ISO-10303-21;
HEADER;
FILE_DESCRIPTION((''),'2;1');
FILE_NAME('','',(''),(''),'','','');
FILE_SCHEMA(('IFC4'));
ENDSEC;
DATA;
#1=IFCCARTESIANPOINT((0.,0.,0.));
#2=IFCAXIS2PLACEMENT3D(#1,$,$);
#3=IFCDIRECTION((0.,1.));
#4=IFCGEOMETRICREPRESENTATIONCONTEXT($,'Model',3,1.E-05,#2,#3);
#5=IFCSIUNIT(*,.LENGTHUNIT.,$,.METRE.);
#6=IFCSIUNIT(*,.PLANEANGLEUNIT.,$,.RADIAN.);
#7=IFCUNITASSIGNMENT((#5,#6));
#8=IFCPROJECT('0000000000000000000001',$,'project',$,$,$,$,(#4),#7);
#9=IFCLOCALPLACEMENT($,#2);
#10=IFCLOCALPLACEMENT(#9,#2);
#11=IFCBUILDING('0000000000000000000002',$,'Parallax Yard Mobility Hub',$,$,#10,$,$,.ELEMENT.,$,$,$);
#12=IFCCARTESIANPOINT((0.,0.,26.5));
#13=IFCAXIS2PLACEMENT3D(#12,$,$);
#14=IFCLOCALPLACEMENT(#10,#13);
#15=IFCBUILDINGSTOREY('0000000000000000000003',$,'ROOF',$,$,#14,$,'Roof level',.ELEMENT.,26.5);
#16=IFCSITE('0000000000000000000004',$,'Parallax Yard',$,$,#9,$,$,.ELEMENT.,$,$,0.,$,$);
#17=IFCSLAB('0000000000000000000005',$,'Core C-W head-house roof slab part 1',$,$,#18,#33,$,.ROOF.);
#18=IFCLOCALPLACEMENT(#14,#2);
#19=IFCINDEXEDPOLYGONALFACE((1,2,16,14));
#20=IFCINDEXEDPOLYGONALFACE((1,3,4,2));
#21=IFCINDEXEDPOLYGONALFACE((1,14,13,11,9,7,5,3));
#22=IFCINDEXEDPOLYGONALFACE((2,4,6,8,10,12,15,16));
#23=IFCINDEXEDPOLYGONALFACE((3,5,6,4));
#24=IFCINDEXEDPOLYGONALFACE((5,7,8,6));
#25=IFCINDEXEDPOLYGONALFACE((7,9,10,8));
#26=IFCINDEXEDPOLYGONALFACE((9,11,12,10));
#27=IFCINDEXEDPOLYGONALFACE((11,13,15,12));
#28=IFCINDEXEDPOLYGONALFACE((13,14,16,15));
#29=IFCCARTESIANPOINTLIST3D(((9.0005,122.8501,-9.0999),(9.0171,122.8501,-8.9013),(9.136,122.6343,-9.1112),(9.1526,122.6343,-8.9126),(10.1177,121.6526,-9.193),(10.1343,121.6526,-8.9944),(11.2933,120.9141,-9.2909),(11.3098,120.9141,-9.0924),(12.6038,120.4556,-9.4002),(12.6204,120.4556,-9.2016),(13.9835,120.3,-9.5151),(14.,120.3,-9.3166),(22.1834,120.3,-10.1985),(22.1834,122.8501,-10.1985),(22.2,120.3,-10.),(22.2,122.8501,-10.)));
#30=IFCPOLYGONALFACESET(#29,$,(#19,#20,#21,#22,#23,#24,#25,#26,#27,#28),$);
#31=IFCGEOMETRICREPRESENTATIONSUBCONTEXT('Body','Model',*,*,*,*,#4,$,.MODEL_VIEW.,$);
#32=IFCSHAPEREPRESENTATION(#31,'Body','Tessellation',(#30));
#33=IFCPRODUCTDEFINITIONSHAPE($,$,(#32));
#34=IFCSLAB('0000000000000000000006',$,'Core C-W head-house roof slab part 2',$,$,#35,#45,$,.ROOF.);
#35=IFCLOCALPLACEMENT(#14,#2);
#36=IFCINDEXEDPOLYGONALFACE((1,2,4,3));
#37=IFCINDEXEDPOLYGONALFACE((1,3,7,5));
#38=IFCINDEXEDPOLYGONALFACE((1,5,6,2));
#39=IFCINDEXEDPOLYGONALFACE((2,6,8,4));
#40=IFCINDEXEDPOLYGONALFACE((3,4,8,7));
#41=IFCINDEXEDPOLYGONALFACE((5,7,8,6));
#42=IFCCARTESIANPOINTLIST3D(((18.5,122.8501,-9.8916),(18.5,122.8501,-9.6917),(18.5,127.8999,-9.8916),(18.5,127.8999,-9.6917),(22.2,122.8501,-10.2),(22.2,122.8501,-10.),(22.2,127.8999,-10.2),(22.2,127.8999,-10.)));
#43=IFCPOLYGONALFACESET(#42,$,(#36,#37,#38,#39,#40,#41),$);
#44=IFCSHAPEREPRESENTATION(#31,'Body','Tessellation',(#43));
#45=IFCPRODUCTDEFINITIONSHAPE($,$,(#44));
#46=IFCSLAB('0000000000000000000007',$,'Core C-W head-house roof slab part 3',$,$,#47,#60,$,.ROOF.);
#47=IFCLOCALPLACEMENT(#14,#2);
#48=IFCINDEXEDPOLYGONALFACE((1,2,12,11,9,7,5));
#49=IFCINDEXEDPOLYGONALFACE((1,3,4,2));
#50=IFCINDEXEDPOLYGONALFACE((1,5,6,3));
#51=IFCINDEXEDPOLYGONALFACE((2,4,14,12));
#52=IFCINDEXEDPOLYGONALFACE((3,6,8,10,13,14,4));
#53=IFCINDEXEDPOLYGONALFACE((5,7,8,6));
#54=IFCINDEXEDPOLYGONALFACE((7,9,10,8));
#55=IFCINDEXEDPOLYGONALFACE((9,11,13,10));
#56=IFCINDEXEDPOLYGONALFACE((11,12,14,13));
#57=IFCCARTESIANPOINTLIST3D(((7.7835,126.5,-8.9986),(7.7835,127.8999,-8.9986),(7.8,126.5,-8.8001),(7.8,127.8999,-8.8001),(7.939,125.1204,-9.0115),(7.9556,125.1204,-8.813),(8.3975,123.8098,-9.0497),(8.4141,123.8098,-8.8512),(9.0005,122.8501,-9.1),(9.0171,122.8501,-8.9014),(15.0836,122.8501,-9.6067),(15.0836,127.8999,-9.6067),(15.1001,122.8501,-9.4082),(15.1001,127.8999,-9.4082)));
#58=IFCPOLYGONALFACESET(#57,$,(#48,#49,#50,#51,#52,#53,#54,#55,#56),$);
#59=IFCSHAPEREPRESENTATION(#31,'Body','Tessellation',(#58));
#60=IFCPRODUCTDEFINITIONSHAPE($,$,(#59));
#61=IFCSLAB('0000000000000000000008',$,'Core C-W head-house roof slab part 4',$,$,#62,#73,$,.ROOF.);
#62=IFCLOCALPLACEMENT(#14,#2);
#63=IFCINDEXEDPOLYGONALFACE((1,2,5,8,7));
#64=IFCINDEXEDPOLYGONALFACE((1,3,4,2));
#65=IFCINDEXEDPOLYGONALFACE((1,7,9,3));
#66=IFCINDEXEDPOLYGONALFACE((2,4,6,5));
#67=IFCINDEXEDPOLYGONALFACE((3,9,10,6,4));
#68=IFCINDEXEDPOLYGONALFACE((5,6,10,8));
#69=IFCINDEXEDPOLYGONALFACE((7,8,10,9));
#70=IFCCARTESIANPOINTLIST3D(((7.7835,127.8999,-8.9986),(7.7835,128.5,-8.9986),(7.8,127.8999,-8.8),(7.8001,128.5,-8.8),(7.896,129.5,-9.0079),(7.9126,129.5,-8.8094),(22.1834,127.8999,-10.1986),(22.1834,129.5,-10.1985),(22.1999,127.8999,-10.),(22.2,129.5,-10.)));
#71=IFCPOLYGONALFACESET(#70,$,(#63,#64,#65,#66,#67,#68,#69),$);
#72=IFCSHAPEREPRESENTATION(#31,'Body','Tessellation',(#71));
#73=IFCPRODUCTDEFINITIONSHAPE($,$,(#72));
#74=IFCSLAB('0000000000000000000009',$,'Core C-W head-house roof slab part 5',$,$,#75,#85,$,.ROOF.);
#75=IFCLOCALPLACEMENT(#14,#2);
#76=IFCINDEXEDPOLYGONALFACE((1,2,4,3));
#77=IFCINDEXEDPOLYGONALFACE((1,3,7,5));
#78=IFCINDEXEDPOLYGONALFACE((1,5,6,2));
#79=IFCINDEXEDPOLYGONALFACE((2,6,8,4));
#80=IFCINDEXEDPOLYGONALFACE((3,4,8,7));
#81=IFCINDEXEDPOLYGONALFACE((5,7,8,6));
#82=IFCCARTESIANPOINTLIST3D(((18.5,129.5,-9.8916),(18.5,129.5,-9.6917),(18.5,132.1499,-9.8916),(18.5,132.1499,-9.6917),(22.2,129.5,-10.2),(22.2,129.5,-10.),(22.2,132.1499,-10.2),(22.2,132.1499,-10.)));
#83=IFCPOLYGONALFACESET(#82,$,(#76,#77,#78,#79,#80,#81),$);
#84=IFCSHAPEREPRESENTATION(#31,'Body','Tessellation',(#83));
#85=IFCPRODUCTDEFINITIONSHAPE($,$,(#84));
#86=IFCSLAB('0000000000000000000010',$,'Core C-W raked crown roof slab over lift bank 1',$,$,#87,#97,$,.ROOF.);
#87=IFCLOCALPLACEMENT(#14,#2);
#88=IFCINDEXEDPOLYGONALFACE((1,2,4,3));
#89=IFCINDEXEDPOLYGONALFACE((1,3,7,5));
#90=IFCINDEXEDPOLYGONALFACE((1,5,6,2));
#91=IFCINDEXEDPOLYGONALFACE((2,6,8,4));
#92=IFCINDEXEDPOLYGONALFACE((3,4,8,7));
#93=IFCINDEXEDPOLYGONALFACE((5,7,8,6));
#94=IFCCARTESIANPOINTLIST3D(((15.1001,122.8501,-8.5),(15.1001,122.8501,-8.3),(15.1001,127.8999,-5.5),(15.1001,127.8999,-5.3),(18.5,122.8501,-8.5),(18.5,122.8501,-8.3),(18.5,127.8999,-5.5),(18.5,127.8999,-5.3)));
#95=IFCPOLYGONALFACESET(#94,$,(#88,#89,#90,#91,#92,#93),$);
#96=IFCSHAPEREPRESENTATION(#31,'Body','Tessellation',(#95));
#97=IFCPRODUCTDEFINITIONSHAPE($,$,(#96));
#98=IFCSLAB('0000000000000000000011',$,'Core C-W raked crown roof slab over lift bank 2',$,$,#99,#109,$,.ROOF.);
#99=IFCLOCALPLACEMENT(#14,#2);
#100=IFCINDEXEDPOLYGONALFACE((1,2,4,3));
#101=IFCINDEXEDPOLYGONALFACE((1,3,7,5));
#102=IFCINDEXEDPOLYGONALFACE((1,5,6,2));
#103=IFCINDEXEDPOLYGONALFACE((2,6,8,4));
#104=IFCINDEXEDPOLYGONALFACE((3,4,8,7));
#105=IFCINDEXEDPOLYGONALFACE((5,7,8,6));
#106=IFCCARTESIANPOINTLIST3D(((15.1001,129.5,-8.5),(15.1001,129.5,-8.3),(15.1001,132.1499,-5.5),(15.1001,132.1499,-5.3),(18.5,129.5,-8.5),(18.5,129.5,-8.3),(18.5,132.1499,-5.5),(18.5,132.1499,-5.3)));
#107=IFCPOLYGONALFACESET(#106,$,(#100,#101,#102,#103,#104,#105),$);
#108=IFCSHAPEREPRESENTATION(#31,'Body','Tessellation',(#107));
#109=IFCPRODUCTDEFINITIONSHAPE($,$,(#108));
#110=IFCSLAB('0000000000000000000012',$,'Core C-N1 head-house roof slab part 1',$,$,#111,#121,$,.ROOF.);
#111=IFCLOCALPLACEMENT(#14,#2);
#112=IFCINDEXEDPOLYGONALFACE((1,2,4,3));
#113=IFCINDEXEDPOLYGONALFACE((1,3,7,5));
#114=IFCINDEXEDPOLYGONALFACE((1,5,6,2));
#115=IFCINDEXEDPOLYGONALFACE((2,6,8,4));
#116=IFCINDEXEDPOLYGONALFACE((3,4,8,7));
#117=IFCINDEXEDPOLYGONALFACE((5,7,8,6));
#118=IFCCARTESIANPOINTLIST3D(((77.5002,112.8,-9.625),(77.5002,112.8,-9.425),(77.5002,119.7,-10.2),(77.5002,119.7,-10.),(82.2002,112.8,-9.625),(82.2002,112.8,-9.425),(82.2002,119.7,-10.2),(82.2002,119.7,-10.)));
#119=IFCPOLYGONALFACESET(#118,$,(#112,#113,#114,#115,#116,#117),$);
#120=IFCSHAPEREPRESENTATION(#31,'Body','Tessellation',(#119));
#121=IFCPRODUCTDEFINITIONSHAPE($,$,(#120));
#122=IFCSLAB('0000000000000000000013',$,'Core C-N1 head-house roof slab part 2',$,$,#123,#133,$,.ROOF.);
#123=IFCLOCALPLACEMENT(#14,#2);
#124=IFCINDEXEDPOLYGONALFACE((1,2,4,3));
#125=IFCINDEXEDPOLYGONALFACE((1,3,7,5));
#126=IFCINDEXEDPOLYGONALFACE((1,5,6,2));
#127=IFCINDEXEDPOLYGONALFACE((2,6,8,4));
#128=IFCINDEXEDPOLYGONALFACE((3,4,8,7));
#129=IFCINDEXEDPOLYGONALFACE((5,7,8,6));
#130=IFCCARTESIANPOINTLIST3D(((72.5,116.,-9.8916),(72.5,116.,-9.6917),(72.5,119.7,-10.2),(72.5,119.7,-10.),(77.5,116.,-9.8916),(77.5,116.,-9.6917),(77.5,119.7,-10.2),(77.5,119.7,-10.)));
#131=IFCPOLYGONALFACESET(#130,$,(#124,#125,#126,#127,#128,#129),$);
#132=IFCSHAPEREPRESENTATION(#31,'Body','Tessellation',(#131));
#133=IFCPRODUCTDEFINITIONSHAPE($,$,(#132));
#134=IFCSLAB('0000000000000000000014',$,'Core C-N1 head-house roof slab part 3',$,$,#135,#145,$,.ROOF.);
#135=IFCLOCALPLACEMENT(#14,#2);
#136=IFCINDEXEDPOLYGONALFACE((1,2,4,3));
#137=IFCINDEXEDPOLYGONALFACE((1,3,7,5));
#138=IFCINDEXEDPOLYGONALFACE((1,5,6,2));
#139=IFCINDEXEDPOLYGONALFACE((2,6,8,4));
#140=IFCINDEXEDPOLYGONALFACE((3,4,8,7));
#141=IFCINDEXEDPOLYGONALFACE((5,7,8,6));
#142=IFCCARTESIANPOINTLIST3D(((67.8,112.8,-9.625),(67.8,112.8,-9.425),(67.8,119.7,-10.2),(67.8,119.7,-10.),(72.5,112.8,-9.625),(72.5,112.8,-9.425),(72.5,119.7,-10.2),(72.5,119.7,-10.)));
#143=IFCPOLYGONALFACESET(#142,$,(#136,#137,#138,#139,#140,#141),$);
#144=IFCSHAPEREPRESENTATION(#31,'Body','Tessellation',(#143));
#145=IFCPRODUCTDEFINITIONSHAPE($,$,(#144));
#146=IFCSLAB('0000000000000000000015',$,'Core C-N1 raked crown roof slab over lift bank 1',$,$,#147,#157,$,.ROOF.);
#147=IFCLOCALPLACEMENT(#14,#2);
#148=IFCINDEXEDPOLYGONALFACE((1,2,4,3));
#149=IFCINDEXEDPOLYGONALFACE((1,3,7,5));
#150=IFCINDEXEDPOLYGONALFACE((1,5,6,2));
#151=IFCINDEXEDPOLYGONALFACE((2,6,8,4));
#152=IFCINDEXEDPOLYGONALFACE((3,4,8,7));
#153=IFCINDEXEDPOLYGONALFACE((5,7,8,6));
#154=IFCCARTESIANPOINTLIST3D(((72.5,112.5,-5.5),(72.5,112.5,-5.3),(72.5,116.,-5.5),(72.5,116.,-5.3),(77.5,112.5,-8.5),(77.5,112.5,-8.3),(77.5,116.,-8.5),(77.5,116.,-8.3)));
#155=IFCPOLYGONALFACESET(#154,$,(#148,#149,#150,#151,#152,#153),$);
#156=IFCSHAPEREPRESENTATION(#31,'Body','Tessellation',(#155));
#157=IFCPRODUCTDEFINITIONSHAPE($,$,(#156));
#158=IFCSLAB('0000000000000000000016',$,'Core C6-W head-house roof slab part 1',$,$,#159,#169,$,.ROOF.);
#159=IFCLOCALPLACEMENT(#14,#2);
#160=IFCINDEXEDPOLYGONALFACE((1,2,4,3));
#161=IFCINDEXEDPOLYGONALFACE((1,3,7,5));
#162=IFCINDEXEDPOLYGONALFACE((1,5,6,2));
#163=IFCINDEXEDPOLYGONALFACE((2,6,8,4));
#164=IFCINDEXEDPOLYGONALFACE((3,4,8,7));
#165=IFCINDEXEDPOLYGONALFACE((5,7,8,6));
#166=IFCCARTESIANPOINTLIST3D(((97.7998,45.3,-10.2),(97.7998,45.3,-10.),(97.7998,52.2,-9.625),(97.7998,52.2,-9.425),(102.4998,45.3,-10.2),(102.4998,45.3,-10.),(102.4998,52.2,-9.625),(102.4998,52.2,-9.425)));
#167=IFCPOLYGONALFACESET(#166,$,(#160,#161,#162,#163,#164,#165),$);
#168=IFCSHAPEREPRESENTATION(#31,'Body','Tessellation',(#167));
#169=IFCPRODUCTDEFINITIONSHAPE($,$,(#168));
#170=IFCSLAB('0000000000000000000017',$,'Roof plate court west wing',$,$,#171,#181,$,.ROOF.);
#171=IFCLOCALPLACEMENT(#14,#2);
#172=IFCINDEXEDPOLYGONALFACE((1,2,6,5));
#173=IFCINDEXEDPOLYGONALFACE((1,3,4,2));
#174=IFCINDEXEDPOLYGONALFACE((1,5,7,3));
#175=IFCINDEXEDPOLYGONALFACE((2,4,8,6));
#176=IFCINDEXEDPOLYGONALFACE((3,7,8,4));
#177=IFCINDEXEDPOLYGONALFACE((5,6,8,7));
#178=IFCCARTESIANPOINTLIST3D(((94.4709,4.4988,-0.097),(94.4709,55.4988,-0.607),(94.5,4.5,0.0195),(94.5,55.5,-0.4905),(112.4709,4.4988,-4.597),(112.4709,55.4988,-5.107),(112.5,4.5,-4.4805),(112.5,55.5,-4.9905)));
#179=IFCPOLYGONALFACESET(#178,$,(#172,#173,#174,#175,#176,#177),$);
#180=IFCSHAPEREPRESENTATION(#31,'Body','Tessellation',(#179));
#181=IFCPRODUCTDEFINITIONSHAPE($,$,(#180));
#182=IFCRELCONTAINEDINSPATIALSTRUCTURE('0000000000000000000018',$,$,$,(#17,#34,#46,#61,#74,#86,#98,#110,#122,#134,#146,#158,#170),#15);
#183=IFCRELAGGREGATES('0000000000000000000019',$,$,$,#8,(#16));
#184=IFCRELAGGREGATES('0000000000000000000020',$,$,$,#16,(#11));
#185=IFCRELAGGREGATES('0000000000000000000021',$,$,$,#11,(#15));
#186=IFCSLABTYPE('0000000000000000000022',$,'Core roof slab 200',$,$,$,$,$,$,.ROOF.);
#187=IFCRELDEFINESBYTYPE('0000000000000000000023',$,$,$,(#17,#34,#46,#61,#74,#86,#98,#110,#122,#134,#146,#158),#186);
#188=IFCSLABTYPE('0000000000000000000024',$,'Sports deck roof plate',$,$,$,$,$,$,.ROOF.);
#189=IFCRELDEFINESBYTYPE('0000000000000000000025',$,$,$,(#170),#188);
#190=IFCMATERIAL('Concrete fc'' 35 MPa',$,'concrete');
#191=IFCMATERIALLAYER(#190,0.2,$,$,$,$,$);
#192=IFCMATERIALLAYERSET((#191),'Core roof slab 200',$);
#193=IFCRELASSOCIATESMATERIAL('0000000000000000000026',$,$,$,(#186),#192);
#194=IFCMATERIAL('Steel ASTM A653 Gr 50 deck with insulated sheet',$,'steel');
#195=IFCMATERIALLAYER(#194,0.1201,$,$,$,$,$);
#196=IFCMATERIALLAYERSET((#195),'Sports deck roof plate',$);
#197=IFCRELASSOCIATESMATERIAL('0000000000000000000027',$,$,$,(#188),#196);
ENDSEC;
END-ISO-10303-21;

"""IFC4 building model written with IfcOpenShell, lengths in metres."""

from ifc_helpers import new_model, si_unit, direction, frame, origin, place, context, subcontext, project, spatial, polyline, outline, extrude, material, layer, layer_set, type_object, element, save


model = new_model("IFC4")

# Units and contexts
model_context = context("Model", 3, precision=1e-05, world=origin(), true_north=direction((0.0, 1.0)))
body_context = subcontext(model_context, "Body", "Model", "MODEL_VIEW")
ifc_project = project(units=[si_unit("LENGTHUNIT", "METRE"), si_unit("PLANEANGLEUNIT", "RADIAN")], contexts=[model_context])

# Site, building, storey
site_placement = place(None, origin())
site = spatial("IfcSite", under=ifc_project, at=site_placement, Name="Parallax Yard", CompositionType="ELEMENT", RefElevation=0.0)
building_placement = place(site_placement, origin())
building = spatial("IfcBuilding", under=site, at=building_placement, Name="Parallax Yard Mobility Hub", CompositionType="ELEMENT")
storey_placement = place(building_placement, frame((0.0, 0.0, 26.5)))
storey = spatial("IfcBuildingStorey", under=building, at=storey_placement, Name="ROOF", LongName="Roof level", CompositionType="ELEMENT", Elevation=26.5)

# Slabs
ifc_material_1 = material(Name="Concrete fc' 35 MPa", Category="concrete")
ifc_layer_1 = layer(ifc_material_1, 0.2)
ifc_layer_set_1 = layer_set([ifc_layer_1], Name="Core roof slab 200")
slab_type_1 = type_object("IfcSlabType", Name="Core roof slab 200", PredefinedType="ROOF", material=ifc_layer_set_1)
placement = place(building_placement, frame((0.0, 0.0, 13.2)))
slab_1_placement = place(placement, frame((22.2, 120.3, 3.3), z_axis=(0.083052, -0.000003, 0.996545), x_axis=(-0.996545, 0.0, 0.083052)))
element("IfcSlab", 1, at=slab_1_placement, inside=storey, type_object=slab_type_1, Name="Core C-W head-house roof slab part 1", PredefinedType="ROOF", context=body_context, shape_type="SweptSolid", body=[
    extrude(outline(polyline([(0.0, 0.0), (8.2284, 0.0), (9.6128, -0.1555), (10.9279, -0.614), (12.1075, -1.3525), (13.0926, -2.3342), (13.2286, -2.55), (0.0, -2.55), (0.0, 0.0)])), origin(), (0.0, 0.0, -1.0), 0.1992),
])
slab_2_placement = place(placement, frame((22.2, 125.375, 3.3), z_axis=(0.0, 0.0, 1.0), x_axis=(-1.0, 0.0, 0.0)))
element("IfcSlab", 2, at=slab_2_placement, inside=storey, type_object=slab_type_1, Name="Core C-W head-house roof slab part 2", PredefinedType="ROOF", context=body_context, shape_type="SweptSolid", body=[
    extrude(outline(polyline([(0.0, -0.2), (3.7, 0.1084), (3.7, 0.3083), (0.0, 0.0), (0.0, -0.2)])), frame((0.0, 2.5249, 0.0), z_axis=(0.0, -1.0, 0.0), x_axis=(1.0, 0.0, 0.0)), (0.0, 0.0, 1.0), 5.0498),
])
slab_3_placement = place(placement, frame((15.1001, 127.8999, 3.8918), z_axis=(0.083019, 0.000005, 0.996548), x_axis=(0.0, -1.0, 0.000005)))
element("IfcSlab", 3, at=slab_3_placement, inside=storey, type_object=slab_type_1, Name="Core C-W head-house roof slab part 3", PredefinedType="ROOF", context=body_context, shape_type="SweptSolid", body=[
    extrude(outline(polyline([(0.0, 0.0), (5.0498, 0.0), (5.0498, -6.1041), (4.0901, -6.7092), (2.7795, -7.1693), (1.3999, -7.3253), (0.0, -7.3253), (0.0, 0.0)])), origin(), (0.0, 0.0, -1.0), 0.1992),
])
slab_4_placement = place(placement, frame((7.8, 127.8999, 4.5), z_axis=(0.083045, -0.000032, 0.996546), x_axis=(0.000003, 1.0, 0.000032)))
element("IfcSlab", 4, at=slab_4_placement, inside=storey, type_object=slab_type_1, Name="Core C-W head-house roof slab part 4", PredefinedType="ROOF", context=body_context, shape_type="SweptSolid", body=[
    extrude(outline(polyline([(0.0, 0.0), (0.6001, 0.0), (1.6001, -0.1129), (1.6001, -14.4498), (0.0, -14.4498), (0.0, 0.0)])), origin(), (0.0, 0.0, -1.0), 0.1992),
])
slab_5_placement = place(placement, frame((22.2, 130.825, 3.3), z_axis=(0.0, 0.0, 1.0), x_axis=(-1.0, 0.0, 0.0)))
element("IfcSlab", 5, at=slab_5_placement, inside=storey, type_object=slab_type_1, Name="Core C-W head-house roof slab part 5", PredefinedType="ROOF", context=body_context, shape_type="SweptSolid", body=[
    extrude(outline(polyline([(0.0, -0.2), (3.7, 0.1084), (3.7, 0.3083), (0.0, 0.0), (0.0, -0.2)])), frame((0.0, 1.325, 0.0), z_axis=(0.0, -1.0, 0.0), x_axis=(1.0, 0.0, 0.0)), (0.0, 0.0, 1.0), 2.6499),
])
slab_6_placement = place(placement, frame((16.8, 122.8501, 5.0), z_axis=(0.0, 0.0, 1.0), x_axis=(0.0, 1.0, 0.0)))
element("IfcSlab", 6, at=slab_6_placement, inside=storey, type_object=slab_type_1, Name="Core C-W raked crown roof slab over lift bank 1", PredefinedType="ROOF", context=body_context, shape_type="SweptSolid", body=[
    extrude(outline(polyline([(0.0, -0.2), (5.0498, 2.8), (5.0498, 3.0), (0.0, 0.0), (0.0, -0.2)])), frame((0.0, 1.7, 0.0), z_axis=(0.0, -1.0, 0.0), x_axis=(1.0, 0.0, 0.0)), (0.0, 0.0, 1.0), 3.3999),
])
slab_7_placement = place(placement, frame((16.8, 129.5, 5.0), z_axis=(0.0, 0.0, 1.0), x_axis=(0.0, 1.0, 0.0)))
element("IfcSlab", 7, at=slab_7_placement, inside=storey, type_object=slab_type_1, Name="Core C-W raked crown roof slab over lift bank 2", PredefinedType="ROOF", context=body_context, shape_type="SweptSolid", body=[
    extrude(outline(polyline([(0.0, -0.2), (2.6499, 2.8), (2.6499, 3.0), (0.0, 0.0), (0.0, -0.2)])), frame((0.0, 1.7, 0.0), z_axis=(0.0, -1.0, 0.0), x_axis=(1.0, 0.0, 0.0)), (0.0, 0.0, 1.0), 3.3999),
])
slab_8_placement = place(placement, frame((79.8501, 119.7, 3.3), z_axis=(0.0, 0.0, 1.0), x_axis=(0.0, -1.0, 0.0)))
element("IfcSlab", 8, at=slab_8_placement, inside=storey, type_object=slab_type_1, Name="Core C-N1 head-house roof slab part 1", PredefinedType="ROOF", context=body_context, shape_type="SweptSolid", body=[
    extrude(outline(polyline([(0.0, -0.2), (6.8999, 0.375), (6.8999, 0.575), (0.0, 0.0), (0.0, -0.2)])), frame((0.0, 2.3501, 0.0), z_axis=(0.0, -1.0, 0.0), x_axis=(1.0, 0.0, 0.0)), (0.0, 0.0, 1.0), 4.7),
])
slab_9_placement = place(placement, frame((75.0, 119.7, 3.3), z_axis=(0.0, 0.0, 1.0), x_axis=(0.0, -1.0, 0.0)))
element("IfcSlab", 9, at=slab_9_placement, inside=storey, type_object=slab_type_1, Name="Core C-N1 head-house roof slab part 2", PredefinedType="ROOF", context=body_context, shape_type="SweptSolid", body=[
    extrude(outline(polyline([(0.0, -0.2), (3.7, 0.1084), (3.7, 0.3083), (0.0, 0.0), (0.0, -0.2)])), frame((0.0, 2.5, 0.0), z_axis=(0.0, -1.0, 0.0), x_axis=(1.0, 0.0, 0.0)), (0.0, 0.0, 1.0), 5.0),
])
slab_10_placement = place(placement, frame((70.1499, 119.7, 3.3), z_axis=(0.0, 0.0, 1.0), x_axis=(0.0, -1.0, 0.0)))
element("IfcSlab", 10, at=slab_10_placement, inside=storey, type_object=slab_type_1, Name="Core C-N1 head-house roof slab part 3", PredefinedType="ROOF", context=body_context, shape_type="SweptSolid", body=[
    extrude(outline(polyline([(0.0, -0.2), (6.8999, 0.375), (6.8999, 0.575), (0.0, 0.0), (0.0, -0.2)])), frame((0.0, 2.3501, 0.0), z_axis=(0.0, -1.0, 0.0), x_axis=(1.0, 0.0, 0.0)), (0.0, 0.0, 1.0), 4.7),
])
slab_11_placement = place(placement, frame((77.5, 114.25, 5.0), z_axis=(0.0, 0.0, 1.0), x_axis=(-1.0, 0.0, 0.0)))
element("IfcSlab", 11, at=slab_11_placement, inside=storey, type_object=slab_type_1, Name="Core C-N1 raked crown roof slab over lift bank 1", PredefinedType="ROOF", context=body_context, shape_type="SweptSolid", body=[
    extrude(outline(polyline([(0.0, -0.2), (5.0, 2.8), (5.0, 3.0), (0.0, 0.0), (0.0, -0.2)])), frame((0.0, 1.75, 0.0), z_axis=(0.0, -1.0, 0.0), x_axis=(1.0, 0.0, 0.0)), (0.0, 0.0, 1.0), 3.5),
])
slab_12_placement = place(placement, frame((100.1499, 45.3, 3.3), z_axis=(0.0, 0.0, 1.0), x_axis=(0.0, 1.0, 0.0)))
element("IfcSlab", 12, at=slab_12_placement, inside=storey, type_object=slab_type_1, Name="Core C6-W head-house roof slab part 1", PredefinedType="ROOF", context=body_context, shape_type="SweptSolid", body=[
    extrude(outline(polyline([(0.0, -0.2), (6.8999, 0.375), (6.8999, 0.575), (0.0, 0.0), (0.0, -0.2)])), frame((0.0, 2.3501, 0.0), z_axis=(0.0, -1.0, 0.0), x_axis=(1.0, 0.0, 0.0)), (0.0, 0.0, 1.0), 4.7),
])
ifc_material_2 = material(Name="Steel ASTM A653 Gr 50 deck with insulated sheet", Category="steel")
ifc_layer_2 = layer(ifc_material_2, 0.1201)
ifc_layer_set_2 = layer_set([ifc_layer_2], Name="Sports deck roof plate")
slab_type_2 = type_object("IfcSlabType", Name="Sports deck roof plate", PredefinedType="ROOF", material=ifc_layer_set_2)
slab_13_placement = place(placement, frame((94.5, 4.5, 13.3196), z_axis=(0.242524, 0.009701, 0.970097), x_axis=(0.970143, 0.0, -0.242536)))
element("IfcSlab", 13, at=slab_13_placement, inside=storey, type_object=slab_type_2, Name="Roof plate court west wing", PredefinedType="ROOF", context=body_context, shape_type="SweptSolid", body=[
    extrude(outline(polyline([(0.0, 0.0), (18.554, 0.0), (18.6777, 51.0024), (0.1237, 51.0024), (0.0, 0.0)])), origin(), (0.0, 0.0, -1.0), 0.1201),
])

save(model, "model.ifc")
